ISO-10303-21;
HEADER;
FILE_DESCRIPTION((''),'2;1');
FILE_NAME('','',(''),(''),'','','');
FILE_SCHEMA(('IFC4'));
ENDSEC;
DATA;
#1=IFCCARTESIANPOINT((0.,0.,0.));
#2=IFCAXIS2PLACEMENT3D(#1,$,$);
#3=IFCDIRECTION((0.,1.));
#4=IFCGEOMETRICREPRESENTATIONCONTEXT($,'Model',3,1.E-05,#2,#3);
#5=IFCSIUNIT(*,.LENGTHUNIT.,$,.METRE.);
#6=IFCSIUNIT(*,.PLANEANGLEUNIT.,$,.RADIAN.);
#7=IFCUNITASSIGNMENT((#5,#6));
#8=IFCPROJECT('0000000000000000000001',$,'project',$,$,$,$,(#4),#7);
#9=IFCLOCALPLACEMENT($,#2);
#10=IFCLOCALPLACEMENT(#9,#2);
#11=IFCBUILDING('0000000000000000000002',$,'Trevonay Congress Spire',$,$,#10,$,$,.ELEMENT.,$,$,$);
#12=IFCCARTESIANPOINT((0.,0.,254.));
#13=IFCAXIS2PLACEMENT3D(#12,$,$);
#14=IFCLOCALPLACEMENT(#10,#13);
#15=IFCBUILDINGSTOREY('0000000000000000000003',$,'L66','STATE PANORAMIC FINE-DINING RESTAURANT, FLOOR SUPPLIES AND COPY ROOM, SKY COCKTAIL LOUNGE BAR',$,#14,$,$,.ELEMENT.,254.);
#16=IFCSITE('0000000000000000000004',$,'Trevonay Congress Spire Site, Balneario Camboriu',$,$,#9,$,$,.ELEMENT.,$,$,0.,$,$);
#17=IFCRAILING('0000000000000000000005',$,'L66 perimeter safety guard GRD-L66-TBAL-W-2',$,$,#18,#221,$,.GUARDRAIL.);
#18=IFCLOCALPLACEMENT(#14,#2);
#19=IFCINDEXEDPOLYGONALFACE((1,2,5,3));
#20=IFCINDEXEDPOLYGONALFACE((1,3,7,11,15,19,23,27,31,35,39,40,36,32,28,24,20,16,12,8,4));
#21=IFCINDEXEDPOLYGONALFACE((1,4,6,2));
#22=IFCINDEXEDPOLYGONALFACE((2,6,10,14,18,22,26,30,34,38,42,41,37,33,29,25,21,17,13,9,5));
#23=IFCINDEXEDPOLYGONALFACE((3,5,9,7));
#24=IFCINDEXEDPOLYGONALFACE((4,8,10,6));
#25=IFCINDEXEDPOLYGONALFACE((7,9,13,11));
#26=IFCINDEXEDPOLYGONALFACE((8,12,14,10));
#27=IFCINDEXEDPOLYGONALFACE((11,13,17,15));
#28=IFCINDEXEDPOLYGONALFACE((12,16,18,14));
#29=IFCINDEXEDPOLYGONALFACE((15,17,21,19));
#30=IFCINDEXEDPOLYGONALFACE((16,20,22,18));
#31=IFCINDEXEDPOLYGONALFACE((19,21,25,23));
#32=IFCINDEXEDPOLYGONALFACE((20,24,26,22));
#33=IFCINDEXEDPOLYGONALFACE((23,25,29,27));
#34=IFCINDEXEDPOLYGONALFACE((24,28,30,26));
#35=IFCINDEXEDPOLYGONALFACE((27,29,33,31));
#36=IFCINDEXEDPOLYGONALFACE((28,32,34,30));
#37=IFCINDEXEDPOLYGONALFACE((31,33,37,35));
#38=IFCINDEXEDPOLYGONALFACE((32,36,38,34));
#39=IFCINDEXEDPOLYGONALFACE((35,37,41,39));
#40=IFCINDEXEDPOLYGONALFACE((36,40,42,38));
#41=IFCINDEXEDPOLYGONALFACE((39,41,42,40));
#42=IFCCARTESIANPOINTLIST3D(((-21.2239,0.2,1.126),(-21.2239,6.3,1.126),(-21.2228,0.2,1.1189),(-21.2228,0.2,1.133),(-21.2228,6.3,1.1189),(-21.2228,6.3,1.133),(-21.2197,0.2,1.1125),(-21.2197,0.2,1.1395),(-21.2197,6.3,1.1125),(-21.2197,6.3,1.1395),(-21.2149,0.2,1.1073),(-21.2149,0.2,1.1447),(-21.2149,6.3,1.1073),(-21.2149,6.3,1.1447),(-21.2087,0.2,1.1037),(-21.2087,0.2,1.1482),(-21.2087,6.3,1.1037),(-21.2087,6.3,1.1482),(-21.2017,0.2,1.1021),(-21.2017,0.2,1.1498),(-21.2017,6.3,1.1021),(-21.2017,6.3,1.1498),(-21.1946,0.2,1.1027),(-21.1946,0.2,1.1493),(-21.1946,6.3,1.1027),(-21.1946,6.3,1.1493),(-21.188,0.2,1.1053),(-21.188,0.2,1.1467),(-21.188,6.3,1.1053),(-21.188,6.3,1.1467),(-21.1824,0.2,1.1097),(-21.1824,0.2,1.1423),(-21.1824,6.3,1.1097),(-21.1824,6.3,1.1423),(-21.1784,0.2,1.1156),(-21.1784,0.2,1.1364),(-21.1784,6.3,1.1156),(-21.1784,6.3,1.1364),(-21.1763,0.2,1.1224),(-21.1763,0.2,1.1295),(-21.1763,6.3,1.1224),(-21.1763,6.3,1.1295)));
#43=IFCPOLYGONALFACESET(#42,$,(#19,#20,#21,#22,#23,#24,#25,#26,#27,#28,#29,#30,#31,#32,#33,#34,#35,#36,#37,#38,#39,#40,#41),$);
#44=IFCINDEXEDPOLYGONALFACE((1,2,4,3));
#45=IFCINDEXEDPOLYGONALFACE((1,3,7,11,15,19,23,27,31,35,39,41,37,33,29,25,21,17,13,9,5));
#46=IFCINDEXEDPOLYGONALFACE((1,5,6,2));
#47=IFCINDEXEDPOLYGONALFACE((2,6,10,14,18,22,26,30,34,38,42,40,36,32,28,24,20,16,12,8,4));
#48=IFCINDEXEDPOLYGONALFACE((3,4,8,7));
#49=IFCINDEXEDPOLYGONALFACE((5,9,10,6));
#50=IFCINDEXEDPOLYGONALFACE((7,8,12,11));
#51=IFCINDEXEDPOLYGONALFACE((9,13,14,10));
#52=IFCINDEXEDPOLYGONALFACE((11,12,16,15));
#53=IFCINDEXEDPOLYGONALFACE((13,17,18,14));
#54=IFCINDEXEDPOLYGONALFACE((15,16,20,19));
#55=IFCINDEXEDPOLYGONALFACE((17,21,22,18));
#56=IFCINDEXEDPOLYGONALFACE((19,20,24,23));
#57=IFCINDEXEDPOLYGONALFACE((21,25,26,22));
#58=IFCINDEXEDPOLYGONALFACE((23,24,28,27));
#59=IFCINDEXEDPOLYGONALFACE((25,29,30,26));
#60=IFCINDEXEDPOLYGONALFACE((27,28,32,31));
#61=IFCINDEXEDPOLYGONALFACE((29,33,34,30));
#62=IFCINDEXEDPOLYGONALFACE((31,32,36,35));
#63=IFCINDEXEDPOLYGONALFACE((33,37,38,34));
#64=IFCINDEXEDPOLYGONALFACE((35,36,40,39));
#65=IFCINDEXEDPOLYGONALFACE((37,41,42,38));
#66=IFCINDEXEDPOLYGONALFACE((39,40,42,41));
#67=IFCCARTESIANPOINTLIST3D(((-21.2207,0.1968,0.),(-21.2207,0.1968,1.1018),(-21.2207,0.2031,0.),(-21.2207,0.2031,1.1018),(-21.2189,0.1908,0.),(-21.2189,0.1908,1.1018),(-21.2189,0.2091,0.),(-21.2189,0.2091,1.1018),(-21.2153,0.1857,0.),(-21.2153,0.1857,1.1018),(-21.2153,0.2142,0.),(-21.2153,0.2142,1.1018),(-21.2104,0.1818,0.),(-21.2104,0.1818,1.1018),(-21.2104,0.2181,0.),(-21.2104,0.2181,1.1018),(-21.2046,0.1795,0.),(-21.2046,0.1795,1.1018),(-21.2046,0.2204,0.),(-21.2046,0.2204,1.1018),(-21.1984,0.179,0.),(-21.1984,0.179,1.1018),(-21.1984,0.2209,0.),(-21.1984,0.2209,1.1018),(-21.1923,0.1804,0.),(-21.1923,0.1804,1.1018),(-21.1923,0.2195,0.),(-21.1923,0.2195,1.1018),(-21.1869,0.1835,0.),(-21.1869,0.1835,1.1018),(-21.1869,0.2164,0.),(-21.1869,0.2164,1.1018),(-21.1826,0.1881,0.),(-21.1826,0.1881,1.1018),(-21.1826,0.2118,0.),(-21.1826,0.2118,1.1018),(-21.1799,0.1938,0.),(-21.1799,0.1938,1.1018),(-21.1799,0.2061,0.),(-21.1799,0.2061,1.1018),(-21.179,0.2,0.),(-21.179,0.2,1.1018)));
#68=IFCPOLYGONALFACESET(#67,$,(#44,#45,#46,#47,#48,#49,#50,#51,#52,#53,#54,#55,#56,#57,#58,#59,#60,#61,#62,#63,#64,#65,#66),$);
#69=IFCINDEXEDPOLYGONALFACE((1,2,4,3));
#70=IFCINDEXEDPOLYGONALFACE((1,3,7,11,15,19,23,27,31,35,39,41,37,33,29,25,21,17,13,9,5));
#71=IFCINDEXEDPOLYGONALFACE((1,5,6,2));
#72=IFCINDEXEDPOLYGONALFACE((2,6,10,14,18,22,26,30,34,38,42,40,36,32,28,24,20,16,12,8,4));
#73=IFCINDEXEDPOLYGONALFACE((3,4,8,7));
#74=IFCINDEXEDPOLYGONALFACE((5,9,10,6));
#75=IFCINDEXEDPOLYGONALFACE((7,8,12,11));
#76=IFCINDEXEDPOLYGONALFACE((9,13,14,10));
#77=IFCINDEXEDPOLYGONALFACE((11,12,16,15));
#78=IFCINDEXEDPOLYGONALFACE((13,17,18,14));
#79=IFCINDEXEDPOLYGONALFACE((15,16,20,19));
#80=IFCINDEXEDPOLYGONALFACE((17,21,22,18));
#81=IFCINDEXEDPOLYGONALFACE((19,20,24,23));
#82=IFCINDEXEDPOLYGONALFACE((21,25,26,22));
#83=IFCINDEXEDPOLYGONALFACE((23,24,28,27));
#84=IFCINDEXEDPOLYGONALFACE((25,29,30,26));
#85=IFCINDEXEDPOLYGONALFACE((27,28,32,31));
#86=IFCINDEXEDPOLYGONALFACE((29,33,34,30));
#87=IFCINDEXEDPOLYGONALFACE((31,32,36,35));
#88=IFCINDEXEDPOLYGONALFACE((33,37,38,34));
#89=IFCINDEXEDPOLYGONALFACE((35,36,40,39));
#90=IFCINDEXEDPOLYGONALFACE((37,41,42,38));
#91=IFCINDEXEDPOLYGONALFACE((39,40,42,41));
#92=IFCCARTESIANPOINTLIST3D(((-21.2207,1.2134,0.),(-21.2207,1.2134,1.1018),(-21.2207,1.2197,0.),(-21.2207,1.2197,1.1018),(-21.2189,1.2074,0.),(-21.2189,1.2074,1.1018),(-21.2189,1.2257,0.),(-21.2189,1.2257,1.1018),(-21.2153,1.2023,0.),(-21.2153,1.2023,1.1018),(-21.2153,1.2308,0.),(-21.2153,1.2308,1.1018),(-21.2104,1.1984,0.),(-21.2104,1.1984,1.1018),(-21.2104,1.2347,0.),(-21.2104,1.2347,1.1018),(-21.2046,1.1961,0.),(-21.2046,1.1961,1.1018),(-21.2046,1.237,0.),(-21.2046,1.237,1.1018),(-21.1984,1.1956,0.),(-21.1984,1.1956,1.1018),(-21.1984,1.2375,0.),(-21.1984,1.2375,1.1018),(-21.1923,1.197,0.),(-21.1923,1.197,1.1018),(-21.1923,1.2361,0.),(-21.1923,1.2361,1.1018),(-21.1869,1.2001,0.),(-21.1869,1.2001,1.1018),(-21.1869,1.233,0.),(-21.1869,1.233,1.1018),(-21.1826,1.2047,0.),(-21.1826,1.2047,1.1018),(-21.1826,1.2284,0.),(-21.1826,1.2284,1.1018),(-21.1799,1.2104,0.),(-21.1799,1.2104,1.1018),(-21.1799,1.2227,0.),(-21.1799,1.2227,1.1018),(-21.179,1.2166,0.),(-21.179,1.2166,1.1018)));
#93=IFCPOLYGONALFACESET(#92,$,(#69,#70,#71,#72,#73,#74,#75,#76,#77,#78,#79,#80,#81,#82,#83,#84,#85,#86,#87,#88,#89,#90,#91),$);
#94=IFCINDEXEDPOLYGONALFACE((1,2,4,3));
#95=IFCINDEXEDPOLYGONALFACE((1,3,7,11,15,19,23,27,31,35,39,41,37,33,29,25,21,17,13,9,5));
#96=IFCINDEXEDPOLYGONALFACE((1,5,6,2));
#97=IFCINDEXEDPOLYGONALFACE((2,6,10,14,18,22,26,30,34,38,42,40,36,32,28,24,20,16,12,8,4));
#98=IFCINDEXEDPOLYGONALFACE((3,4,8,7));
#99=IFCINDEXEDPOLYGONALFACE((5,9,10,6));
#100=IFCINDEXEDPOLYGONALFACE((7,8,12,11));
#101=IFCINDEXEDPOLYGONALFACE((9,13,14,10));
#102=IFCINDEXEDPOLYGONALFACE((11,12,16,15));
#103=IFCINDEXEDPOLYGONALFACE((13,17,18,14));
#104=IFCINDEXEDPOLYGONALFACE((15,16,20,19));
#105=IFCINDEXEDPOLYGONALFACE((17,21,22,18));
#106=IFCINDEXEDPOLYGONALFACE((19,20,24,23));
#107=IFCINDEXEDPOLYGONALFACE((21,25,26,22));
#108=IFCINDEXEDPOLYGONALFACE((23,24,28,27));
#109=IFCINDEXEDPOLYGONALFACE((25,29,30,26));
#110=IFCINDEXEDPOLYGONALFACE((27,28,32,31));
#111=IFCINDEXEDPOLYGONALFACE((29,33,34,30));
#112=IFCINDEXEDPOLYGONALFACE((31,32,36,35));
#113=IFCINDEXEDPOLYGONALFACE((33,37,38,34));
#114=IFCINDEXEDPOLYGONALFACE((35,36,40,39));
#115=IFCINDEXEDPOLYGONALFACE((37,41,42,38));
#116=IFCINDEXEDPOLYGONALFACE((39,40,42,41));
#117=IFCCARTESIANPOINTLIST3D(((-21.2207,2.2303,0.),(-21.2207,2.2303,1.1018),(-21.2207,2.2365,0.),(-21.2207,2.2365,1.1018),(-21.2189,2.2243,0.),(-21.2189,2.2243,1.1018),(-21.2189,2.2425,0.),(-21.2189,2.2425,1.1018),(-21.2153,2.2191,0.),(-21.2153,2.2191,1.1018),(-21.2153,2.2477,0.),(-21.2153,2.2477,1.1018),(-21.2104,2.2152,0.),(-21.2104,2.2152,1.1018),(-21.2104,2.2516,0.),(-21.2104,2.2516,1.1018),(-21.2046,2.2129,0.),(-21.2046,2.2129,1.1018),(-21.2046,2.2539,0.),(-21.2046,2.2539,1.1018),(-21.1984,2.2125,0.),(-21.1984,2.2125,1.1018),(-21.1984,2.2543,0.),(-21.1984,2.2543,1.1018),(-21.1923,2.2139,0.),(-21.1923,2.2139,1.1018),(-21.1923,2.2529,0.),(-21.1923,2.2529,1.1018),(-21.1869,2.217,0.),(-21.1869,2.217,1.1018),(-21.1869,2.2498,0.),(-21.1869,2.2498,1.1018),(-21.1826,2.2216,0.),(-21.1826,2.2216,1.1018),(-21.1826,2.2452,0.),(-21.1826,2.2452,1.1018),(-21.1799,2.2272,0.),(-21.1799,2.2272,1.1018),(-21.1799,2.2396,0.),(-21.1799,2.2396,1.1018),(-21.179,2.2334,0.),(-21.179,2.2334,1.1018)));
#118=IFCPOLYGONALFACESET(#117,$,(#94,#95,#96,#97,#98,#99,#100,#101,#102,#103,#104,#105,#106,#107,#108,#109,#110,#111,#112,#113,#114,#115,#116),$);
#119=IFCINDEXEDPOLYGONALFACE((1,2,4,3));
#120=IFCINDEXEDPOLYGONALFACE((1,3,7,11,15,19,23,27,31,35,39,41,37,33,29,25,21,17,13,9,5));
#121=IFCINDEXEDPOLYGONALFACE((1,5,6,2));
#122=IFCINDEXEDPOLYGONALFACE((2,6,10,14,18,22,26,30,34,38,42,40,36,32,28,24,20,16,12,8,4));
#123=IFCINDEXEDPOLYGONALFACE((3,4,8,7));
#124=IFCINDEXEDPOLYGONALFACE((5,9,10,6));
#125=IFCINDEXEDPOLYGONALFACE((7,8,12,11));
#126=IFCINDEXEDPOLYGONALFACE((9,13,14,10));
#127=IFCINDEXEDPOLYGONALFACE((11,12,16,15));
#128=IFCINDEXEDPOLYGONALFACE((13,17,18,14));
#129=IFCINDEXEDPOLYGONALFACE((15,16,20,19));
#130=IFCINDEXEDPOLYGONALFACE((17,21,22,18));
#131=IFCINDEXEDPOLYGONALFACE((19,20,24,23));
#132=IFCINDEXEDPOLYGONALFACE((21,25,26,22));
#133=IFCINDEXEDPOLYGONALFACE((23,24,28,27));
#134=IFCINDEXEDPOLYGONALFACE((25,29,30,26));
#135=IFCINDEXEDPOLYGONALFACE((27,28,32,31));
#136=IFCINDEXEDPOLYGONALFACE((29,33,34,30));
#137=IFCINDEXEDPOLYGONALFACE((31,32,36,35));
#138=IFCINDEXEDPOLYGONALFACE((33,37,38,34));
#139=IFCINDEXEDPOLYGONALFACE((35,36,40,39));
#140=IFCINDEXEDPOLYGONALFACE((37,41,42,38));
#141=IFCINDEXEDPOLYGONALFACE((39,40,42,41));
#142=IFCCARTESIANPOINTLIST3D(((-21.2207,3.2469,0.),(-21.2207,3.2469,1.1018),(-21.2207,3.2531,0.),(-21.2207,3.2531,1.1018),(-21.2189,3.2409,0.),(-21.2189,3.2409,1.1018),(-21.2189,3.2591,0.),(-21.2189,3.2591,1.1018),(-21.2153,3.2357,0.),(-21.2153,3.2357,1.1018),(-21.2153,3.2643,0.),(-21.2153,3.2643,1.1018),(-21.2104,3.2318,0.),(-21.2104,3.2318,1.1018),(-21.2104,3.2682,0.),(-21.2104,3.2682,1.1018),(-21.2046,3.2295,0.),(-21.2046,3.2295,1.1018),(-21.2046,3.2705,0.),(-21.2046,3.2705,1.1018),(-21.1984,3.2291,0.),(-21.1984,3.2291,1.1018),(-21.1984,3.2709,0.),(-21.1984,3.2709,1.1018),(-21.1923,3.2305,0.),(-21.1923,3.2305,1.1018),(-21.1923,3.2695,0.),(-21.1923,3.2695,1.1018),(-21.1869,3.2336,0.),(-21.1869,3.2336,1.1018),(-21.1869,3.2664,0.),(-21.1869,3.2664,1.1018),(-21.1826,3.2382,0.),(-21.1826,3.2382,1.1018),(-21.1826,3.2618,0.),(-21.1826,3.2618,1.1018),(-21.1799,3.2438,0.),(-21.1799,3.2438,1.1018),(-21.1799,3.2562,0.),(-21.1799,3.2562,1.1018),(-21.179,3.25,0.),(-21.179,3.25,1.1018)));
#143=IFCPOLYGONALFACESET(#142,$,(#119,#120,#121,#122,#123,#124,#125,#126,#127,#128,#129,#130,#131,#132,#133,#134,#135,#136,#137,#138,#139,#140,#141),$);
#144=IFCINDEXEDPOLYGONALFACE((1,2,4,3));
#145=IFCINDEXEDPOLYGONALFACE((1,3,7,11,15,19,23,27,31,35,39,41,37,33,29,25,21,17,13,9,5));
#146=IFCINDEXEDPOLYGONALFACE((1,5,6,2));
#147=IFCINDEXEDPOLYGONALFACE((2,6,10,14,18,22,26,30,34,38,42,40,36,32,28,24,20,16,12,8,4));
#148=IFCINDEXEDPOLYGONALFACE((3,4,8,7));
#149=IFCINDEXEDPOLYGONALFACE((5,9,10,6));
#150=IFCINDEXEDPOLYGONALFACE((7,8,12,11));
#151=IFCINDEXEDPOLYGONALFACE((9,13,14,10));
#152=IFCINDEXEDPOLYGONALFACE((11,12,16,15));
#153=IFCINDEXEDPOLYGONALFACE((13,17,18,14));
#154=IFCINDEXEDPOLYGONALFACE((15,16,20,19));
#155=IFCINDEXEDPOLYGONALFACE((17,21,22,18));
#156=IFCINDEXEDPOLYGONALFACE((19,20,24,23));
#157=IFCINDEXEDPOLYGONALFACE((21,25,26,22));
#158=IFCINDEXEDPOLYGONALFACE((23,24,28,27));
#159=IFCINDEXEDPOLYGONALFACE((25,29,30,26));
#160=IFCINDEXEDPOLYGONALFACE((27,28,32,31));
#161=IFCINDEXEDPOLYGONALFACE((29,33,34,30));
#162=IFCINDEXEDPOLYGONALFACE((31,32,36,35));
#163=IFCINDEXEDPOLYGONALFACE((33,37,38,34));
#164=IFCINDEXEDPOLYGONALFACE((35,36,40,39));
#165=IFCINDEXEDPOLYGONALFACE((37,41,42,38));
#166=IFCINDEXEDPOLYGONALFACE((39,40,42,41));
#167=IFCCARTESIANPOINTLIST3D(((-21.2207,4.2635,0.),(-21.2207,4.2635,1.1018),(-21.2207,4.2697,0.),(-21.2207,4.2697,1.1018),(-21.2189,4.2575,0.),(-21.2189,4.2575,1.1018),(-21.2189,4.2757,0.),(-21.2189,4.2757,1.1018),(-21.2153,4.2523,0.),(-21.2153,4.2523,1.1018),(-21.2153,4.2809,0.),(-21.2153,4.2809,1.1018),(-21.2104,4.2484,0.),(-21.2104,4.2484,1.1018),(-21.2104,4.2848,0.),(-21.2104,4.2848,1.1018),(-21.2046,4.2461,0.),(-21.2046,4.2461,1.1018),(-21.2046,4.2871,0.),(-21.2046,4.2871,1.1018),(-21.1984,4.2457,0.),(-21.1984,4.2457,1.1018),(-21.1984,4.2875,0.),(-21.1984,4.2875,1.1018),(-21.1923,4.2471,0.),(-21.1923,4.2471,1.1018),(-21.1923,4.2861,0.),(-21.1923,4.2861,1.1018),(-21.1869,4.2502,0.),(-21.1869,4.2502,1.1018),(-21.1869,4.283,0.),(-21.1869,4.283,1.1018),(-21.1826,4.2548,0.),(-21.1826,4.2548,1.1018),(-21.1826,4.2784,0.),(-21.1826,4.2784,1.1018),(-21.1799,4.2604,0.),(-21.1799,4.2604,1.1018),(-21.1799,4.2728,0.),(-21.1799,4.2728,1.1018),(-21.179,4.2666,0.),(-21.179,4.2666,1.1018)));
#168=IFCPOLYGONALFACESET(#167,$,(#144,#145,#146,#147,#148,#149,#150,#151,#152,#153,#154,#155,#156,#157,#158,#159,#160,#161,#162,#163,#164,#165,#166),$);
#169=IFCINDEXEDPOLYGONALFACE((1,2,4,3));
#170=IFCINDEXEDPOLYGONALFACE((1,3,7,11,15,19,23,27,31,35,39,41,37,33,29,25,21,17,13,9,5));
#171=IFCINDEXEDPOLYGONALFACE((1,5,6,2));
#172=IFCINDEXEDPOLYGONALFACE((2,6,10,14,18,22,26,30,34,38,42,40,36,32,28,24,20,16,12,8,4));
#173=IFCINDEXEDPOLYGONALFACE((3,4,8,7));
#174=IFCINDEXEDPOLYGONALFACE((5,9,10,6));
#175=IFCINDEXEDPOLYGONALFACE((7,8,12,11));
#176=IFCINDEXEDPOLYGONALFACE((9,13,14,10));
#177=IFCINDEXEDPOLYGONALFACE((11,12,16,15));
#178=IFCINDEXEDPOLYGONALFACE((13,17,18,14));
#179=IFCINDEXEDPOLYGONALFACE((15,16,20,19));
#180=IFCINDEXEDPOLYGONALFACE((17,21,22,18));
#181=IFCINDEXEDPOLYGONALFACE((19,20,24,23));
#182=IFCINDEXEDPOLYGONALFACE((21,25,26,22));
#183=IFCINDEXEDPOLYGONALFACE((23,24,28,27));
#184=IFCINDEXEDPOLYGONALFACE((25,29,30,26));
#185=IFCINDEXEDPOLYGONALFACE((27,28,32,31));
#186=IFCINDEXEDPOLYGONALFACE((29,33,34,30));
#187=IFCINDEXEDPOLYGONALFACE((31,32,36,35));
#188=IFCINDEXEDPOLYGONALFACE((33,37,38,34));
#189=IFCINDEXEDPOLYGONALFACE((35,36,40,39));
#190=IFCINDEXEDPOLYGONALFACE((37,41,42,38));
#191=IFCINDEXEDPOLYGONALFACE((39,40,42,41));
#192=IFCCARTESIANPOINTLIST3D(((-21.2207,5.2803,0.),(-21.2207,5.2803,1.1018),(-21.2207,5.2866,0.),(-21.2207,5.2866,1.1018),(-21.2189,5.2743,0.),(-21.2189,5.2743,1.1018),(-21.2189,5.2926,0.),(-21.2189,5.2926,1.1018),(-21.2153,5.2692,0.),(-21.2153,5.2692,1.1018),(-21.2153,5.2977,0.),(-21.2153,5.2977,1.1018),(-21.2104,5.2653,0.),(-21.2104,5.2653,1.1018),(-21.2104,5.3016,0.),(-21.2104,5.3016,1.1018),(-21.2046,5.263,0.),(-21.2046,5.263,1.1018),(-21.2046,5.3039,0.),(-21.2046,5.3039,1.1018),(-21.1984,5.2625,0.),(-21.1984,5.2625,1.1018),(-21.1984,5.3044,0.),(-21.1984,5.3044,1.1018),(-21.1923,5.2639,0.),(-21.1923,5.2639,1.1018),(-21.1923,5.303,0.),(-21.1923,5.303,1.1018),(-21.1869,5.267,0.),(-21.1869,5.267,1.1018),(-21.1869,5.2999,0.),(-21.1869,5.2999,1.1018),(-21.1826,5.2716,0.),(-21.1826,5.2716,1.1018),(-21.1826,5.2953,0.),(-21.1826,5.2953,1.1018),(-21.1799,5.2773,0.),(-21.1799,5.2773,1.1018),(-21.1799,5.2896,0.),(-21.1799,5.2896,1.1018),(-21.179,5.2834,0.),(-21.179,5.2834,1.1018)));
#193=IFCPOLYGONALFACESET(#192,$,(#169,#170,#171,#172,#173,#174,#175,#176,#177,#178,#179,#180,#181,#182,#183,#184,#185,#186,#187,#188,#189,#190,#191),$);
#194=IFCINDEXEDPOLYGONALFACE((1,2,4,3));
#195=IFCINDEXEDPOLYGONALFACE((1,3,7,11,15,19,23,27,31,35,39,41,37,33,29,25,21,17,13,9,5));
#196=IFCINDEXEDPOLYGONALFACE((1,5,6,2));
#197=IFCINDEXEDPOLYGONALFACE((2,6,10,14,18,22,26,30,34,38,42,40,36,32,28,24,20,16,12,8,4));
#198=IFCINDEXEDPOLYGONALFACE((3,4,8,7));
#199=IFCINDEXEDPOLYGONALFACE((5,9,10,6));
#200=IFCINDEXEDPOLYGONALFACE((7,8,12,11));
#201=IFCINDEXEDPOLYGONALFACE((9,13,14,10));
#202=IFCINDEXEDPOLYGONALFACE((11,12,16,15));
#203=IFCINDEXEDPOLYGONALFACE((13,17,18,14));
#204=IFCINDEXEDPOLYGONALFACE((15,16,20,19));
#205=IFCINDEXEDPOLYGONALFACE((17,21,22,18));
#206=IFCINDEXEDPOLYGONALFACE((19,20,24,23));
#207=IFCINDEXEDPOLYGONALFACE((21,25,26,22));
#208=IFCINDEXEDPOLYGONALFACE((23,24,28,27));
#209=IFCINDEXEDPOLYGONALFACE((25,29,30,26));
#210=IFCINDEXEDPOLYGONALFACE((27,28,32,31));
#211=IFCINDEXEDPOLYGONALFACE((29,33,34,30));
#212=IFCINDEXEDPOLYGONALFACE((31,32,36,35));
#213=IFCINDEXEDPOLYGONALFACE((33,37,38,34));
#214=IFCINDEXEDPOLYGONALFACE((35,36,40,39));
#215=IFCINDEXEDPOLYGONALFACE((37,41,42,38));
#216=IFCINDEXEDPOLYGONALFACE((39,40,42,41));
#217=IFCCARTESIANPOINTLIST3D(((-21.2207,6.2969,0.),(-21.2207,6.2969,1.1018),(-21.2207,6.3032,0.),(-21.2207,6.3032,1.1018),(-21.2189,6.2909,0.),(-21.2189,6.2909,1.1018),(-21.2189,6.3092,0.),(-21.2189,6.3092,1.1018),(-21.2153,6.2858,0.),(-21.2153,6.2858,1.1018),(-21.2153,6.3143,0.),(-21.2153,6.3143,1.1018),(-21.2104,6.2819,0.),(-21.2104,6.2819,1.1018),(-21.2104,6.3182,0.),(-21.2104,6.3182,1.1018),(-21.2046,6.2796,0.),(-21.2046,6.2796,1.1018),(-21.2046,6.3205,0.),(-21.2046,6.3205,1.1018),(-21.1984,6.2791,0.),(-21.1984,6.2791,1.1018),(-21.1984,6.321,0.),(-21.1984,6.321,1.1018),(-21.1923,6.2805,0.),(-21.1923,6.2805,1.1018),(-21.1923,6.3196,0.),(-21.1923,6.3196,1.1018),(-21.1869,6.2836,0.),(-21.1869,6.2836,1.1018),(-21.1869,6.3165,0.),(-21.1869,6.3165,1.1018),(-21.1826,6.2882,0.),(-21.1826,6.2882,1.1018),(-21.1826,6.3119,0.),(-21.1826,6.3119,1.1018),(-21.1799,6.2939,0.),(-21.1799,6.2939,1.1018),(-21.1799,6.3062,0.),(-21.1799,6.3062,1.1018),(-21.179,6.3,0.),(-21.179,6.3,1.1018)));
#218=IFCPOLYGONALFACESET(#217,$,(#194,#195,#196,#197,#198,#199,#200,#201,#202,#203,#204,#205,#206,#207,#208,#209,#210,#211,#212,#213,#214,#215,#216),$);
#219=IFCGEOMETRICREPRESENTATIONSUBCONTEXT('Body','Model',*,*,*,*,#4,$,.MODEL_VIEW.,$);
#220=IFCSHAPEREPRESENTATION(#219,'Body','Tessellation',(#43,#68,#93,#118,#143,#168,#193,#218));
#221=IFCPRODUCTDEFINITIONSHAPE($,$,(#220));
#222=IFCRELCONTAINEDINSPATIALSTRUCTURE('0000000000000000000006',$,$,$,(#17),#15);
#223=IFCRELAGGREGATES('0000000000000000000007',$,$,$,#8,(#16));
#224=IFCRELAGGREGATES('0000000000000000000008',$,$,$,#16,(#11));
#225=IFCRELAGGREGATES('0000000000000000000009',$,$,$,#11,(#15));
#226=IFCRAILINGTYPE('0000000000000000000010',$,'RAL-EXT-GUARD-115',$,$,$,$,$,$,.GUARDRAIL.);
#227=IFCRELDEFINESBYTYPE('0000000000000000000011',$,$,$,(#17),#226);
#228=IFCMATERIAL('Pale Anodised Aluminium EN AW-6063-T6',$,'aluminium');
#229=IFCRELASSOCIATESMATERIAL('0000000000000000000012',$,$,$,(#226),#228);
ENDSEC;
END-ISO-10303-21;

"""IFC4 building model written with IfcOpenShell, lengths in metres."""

from ifc_helpers import new_model, si_unit, direction, frame, origin, origin_2d, place, context, subcontext, project, spatial, circle, extrude, material, type_object, element, save


model = new_model("IFC4")

# Units and contexts
model_context = context("Model", 3, precision=1e-05, world=origin(), true_north=direction((0.0, 1.0)))
body_context = subcontext(model_context, "Body", "Model", "MODEL_VIEW")
ifc_project = project(units=[si_unit("LENGTHUNIT", "METRE"), si_unit("PLANEANGLEUNIT", "RADIAN")], contexts=[model_context])

# Site, building, storey
site_placement = place(None, origin())
site = spatial("IfcSite", under=ifc_project, at=site_placement, Name="Trevonay Congress Spire Site, Balneario Camboriu", CompositionType="ELEMENT", RefElevation=0.0)
building_placement = place(site_placement, origin())
building = spatial("IfcBuilding", under=site, at=building_placement, Name="Trevonay Congress Spire", CompositionType="ELEMENT")
storey_placement = place(building_placement, frame((0.0, 0.0, 254.0)))
storey = spatial("IfcBuildingStorey", under=building, at=storey_placement, Name="L66", Description="STATE PANORAMIC FINE-DINING RESTAURANT, FLOOR SUPPLIES AND COPY ROOM, SKY COCKTAIL LOUNGE BAR", CompositionType="ELEMENT", Elevation=254.0)

# Shared definitions
ifc_material_1 = material(Name="Pale Anodised Aluminium EN AW-6063-T6", Category="aluminium")

# Railing
railing_type = type_object("IfcRailingType", Name="RAL-EXT-GUARD-115", PredefinedType="GUARDRAIL", material=ifc_material_1)
railing_1_placement = place(storey_placement, frame((-21.2, 0.2, 0.0)))
element("IfcRailing", 1, at=railing_1_placement, inside=storey, type_object=railing_type, Name="L66 perimeter safety guard GRD-L66-TBAL-W-2", PredefinedType="GUARDRAIL", context=body_context, shape_type="SweptSolid", body=[
    extrude(circle(Radius=0.0239, at=origin_2d()), frame((0.0, 0.0, 1.126), z_axis=(0.0, 1.0, 0.0), x_axis=(-1.0, 0.0, 0.0)), (0.0, 0.0, 1.0), 6.1001),
    extrude(circle(Radius=0.021, at=origin_2d()), origin(), (0.0, 0.0, 1.0), 1.1018),
    extrude(circle(Radius=0.021, at=origin_2d()), frame((0.0, 1.0166, 0.0)), (0.0, 0.0, 1.0), 1.1018),
    extrude(circle(Radius=0.021, at=origin_2d()), frame((0.0, 2.0334, 0.0)), (0.0, 0.0, 1.0), 1.1018),
    extrude(circle(Radius=0.021, at=origin_2d()), frame((0.0, 3.05, 0.0)), (0.0, 0.0, 1.0), 1.1018),
    extrude(circle(Radius=0.021, at=origin_2d()), frame((0.0, 4.0667, 0.0)), (0.0, 0.0, 1.0), 1.1018),
    extrude(circle(Radius=0.021, at=origin_2d()), frame((0.0, 5.0835, 0.0)), (0.0, 0.0, 1.0), 1.1018),
    extrude(circle(Radius=0.021, at=origin_2d()), frame((0.0, 6.1001, 0.0)), (0.0, 0.0, 1.0), 1.1018),
])

save(model, "model.ifc")
